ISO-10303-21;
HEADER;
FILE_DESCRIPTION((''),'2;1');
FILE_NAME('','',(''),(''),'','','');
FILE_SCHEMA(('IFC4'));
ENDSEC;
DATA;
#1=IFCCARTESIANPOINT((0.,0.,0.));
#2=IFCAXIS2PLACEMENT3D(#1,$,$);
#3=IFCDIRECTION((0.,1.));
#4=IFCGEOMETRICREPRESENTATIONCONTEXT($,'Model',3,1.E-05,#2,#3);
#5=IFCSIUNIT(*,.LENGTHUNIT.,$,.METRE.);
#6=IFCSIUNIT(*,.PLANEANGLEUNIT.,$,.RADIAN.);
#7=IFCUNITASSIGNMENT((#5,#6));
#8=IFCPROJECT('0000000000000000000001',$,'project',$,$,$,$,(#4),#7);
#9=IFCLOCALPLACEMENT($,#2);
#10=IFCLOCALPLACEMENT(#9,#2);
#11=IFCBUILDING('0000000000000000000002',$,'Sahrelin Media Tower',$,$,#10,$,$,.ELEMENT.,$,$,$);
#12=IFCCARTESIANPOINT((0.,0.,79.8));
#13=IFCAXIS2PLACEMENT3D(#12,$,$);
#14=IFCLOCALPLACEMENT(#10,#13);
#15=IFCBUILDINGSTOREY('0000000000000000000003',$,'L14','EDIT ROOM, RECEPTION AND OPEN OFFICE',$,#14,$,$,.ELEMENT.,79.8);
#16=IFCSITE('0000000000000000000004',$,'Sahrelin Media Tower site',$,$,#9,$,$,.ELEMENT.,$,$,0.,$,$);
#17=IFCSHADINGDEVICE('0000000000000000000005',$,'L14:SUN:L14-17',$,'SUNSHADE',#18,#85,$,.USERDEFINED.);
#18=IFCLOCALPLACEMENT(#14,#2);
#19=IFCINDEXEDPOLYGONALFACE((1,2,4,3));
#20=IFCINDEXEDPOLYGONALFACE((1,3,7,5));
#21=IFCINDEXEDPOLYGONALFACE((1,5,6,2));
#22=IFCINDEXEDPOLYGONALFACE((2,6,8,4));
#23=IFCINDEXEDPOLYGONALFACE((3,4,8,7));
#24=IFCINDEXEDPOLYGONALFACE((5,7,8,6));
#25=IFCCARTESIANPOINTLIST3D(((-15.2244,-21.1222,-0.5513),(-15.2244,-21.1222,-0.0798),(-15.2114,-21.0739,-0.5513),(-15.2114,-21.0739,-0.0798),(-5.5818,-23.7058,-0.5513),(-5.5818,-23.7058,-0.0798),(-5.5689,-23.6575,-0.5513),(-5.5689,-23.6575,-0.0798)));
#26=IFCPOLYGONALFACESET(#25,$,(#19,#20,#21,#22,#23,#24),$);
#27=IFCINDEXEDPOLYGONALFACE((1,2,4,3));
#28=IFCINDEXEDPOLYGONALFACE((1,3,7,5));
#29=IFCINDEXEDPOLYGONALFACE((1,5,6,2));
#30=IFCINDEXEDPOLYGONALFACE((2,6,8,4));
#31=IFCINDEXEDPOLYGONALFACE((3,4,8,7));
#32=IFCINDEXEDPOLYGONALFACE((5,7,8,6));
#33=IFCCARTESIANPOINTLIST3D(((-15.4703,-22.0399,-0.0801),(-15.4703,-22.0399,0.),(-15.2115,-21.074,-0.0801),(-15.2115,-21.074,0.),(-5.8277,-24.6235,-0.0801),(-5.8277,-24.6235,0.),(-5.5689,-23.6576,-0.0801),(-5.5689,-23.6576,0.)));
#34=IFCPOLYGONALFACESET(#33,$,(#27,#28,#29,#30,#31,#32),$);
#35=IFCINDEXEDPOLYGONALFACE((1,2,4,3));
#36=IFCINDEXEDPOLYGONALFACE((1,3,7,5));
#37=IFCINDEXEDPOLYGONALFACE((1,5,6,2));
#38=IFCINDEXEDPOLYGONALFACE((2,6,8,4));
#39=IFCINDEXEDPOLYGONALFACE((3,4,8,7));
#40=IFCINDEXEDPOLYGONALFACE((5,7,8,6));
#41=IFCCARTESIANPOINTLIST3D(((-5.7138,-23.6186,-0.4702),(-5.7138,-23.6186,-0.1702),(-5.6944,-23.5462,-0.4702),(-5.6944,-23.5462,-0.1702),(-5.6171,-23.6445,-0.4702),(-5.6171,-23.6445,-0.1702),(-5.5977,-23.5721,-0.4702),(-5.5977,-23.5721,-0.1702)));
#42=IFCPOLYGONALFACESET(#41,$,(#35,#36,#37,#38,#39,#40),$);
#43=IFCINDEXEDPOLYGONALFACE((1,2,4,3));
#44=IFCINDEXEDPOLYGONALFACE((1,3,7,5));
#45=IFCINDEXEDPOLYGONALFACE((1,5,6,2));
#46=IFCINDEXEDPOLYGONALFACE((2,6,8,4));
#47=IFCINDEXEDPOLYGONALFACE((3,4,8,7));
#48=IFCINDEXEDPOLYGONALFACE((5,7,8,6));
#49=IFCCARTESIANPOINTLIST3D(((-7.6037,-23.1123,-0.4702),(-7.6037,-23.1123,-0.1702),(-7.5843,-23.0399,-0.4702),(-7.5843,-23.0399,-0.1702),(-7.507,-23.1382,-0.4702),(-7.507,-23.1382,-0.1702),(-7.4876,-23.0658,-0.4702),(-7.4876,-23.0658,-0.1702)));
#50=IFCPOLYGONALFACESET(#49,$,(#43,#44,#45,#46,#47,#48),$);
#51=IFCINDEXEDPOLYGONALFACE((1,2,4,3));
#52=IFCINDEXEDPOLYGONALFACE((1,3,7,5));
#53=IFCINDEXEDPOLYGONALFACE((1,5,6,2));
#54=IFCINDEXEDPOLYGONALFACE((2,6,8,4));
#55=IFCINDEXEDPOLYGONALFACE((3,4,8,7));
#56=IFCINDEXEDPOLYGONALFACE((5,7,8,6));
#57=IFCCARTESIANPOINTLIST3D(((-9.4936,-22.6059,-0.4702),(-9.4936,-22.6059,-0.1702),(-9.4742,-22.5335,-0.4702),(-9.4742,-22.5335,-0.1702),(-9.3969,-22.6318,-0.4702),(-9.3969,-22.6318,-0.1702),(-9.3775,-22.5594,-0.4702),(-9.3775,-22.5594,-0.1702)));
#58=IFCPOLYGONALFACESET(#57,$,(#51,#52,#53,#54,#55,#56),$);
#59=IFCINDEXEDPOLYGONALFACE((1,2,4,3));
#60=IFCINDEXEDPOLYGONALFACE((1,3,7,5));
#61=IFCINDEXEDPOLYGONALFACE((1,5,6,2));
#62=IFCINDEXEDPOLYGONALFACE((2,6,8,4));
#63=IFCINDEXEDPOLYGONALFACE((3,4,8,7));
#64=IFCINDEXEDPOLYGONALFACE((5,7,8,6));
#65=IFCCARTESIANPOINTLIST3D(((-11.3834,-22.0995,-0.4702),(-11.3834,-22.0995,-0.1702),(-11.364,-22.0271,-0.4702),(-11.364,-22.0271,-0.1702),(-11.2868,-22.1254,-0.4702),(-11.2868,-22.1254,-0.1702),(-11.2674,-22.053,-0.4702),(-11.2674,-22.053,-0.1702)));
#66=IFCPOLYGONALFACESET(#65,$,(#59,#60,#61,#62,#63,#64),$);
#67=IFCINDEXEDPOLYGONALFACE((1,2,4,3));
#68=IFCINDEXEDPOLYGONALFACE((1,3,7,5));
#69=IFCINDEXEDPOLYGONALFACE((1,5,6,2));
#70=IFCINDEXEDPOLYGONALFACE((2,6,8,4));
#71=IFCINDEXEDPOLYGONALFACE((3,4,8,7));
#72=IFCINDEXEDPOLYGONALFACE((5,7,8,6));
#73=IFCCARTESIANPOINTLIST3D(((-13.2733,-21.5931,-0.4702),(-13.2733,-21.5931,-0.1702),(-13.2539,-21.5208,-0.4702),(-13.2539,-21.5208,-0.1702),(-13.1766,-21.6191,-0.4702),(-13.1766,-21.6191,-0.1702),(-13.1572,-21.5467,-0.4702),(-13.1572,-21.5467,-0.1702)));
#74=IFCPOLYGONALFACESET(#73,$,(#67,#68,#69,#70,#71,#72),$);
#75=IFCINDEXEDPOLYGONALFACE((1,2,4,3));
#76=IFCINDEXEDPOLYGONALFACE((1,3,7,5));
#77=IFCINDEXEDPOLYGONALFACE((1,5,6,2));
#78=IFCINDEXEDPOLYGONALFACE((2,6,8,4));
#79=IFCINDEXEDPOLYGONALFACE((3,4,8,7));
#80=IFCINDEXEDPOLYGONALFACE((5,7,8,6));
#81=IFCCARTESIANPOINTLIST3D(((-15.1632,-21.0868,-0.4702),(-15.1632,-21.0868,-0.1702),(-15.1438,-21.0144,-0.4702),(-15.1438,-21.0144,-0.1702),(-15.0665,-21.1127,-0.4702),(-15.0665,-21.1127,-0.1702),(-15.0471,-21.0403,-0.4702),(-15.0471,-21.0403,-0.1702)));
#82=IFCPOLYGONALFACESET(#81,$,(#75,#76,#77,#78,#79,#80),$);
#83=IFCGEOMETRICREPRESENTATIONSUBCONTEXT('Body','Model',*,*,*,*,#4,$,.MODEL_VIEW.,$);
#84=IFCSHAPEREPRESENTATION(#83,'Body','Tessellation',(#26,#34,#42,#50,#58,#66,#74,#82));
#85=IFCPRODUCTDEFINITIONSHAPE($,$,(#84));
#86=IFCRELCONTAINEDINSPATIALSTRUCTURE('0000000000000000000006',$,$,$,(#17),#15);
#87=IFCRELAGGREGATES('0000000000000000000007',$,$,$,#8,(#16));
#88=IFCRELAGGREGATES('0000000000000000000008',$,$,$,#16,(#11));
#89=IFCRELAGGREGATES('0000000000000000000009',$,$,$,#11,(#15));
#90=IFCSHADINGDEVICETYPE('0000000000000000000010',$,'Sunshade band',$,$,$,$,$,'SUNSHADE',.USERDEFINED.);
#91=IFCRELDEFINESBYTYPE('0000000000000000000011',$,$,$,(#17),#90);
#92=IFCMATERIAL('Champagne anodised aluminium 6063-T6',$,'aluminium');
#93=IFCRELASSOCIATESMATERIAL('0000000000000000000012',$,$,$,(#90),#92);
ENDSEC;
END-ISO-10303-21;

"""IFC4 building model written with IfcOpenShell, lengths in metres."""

from ifc_helpers import new_model, si_unit, direction, frame, origin, origin_2d, place, context, subcontext, project, spatial, rectangle, extrude, material, type_object, element, save


model = new_model("IFC4")

# Units and contexts
model_context = context("Model", 3, precision=1e-05, world=origin(), true_north=direction((0.0, 1.0)))
body_context = subcontext(model_context, "Body", "Model", "MODEL_VIEW")
ifc_project = project(units=[si_unit("LENGTHUNIT", "METRE"), si_unit("PLANEANGLEUNIT", "RADIAN")], contexts=[model_context])

# Site, building, storey
site_placement = place(None, origin())
site = spatial("IfcSite", under=ifc_project, at=site_placement, Name="Sahrelin Media Tower site", CompositionType="ELEMENT", RefElevation=0.0)
building_placement = place(site_placement, origin())
building = spatial("IfcBuilding", under=site, at=building_placement, Name="Sahrelin Media Tower", CompositionType="ELEMENT")
storey_placement = place(building_placement, frame((0.0, 0.0, 79.8)))
storey = spatial("IfcBuildingStorey", under=building, at=storey_placement, Name="L14", Description="EDIT ROOM, RECEPTION AND OPEN OFFICE", CompositionType="ELEMENT", Elevation=79.8)

# Shared definitions
ifc_material_1 = material(Name="Champagne anodised aluminium 6063-T6", Category="aluminium")

# Shading device
placement = place(storey_placement, frame((-10.385, -22.3464, 0.0), z_axis=(0.0, 0.0, 1.0), x_axis=(-0.965929, 0.258808, 0.0)))
shading_device_type_1 = type_object("IfcShadingDeviceType", Name="Sunshade band", ElementType="SUNSHADE", PredefinedType="USERDEFINED", material=ifc_material_1)
element("IfcShadingDevice", 1, at=placement, inside=storey, type_object=shading_device_type_1, Name="L14:SUN:L14-17", ObjectType="SUNSHADE", PredefinedType="USERDEFINED", context=body_context, shape_type="SweptSolid", body=[
    extrude(rectangle(XDim=9.9827, YDim=0.05, at=origin_2d()), frame((0.0, 0.0449, -0.5513)), (0.0, 0.0, 1.0), 0.4714),
    extrude(rectangle(XDim=9.9827, YDim=1.0, at=origin_2d()), frame((0.0, 0.52, -0.0801)), (0.0, 0.0, 1.0), 0.0801),
    extrude(rectangle(XDim=0.1001, YDim=0.075, at=origin_2d()), frame((-4.8914, -0.0176, -0.4702)), (0.0, 0.0, 1.0), 0.3),
    extrude(rectangle(XDim=0.1001, YDim=0.075, at=origin_2d()), frame((-2.9348, -0.0176, -0.4702)), (0.0, 0.0, 1.0), 0.3),
    extrude(rectangle(XDim=0.1001, YDim=0.075, at=origin_2d()), frame((-0.9783, -0.0176, -0.4702)), (0.0, 0.0, 1.0), 0.3),
    extrude(rectangle(XDim=0.1001, YDim=0.075, at=origin_2d()), frame((0.9783, -0.0176, -0.4702)), (0.0, 0.0, 1.0), 0.3),
    extrude(rectangle(XDim=0.1001, YDim=0.075, at=origin_2d()), frame((2.9348, -0.0176, -0.4702)), (0.0, 0.0, 1.0), 0.3),
    extrude(rectangle(XDim=0.1001, YDim=0.075, at=origin_2d()), frame((4.8914, -0.0176, -0.4702)), (0.0, 0.0, 1.0), 0.3),
])

save(model, "model.ifc")
